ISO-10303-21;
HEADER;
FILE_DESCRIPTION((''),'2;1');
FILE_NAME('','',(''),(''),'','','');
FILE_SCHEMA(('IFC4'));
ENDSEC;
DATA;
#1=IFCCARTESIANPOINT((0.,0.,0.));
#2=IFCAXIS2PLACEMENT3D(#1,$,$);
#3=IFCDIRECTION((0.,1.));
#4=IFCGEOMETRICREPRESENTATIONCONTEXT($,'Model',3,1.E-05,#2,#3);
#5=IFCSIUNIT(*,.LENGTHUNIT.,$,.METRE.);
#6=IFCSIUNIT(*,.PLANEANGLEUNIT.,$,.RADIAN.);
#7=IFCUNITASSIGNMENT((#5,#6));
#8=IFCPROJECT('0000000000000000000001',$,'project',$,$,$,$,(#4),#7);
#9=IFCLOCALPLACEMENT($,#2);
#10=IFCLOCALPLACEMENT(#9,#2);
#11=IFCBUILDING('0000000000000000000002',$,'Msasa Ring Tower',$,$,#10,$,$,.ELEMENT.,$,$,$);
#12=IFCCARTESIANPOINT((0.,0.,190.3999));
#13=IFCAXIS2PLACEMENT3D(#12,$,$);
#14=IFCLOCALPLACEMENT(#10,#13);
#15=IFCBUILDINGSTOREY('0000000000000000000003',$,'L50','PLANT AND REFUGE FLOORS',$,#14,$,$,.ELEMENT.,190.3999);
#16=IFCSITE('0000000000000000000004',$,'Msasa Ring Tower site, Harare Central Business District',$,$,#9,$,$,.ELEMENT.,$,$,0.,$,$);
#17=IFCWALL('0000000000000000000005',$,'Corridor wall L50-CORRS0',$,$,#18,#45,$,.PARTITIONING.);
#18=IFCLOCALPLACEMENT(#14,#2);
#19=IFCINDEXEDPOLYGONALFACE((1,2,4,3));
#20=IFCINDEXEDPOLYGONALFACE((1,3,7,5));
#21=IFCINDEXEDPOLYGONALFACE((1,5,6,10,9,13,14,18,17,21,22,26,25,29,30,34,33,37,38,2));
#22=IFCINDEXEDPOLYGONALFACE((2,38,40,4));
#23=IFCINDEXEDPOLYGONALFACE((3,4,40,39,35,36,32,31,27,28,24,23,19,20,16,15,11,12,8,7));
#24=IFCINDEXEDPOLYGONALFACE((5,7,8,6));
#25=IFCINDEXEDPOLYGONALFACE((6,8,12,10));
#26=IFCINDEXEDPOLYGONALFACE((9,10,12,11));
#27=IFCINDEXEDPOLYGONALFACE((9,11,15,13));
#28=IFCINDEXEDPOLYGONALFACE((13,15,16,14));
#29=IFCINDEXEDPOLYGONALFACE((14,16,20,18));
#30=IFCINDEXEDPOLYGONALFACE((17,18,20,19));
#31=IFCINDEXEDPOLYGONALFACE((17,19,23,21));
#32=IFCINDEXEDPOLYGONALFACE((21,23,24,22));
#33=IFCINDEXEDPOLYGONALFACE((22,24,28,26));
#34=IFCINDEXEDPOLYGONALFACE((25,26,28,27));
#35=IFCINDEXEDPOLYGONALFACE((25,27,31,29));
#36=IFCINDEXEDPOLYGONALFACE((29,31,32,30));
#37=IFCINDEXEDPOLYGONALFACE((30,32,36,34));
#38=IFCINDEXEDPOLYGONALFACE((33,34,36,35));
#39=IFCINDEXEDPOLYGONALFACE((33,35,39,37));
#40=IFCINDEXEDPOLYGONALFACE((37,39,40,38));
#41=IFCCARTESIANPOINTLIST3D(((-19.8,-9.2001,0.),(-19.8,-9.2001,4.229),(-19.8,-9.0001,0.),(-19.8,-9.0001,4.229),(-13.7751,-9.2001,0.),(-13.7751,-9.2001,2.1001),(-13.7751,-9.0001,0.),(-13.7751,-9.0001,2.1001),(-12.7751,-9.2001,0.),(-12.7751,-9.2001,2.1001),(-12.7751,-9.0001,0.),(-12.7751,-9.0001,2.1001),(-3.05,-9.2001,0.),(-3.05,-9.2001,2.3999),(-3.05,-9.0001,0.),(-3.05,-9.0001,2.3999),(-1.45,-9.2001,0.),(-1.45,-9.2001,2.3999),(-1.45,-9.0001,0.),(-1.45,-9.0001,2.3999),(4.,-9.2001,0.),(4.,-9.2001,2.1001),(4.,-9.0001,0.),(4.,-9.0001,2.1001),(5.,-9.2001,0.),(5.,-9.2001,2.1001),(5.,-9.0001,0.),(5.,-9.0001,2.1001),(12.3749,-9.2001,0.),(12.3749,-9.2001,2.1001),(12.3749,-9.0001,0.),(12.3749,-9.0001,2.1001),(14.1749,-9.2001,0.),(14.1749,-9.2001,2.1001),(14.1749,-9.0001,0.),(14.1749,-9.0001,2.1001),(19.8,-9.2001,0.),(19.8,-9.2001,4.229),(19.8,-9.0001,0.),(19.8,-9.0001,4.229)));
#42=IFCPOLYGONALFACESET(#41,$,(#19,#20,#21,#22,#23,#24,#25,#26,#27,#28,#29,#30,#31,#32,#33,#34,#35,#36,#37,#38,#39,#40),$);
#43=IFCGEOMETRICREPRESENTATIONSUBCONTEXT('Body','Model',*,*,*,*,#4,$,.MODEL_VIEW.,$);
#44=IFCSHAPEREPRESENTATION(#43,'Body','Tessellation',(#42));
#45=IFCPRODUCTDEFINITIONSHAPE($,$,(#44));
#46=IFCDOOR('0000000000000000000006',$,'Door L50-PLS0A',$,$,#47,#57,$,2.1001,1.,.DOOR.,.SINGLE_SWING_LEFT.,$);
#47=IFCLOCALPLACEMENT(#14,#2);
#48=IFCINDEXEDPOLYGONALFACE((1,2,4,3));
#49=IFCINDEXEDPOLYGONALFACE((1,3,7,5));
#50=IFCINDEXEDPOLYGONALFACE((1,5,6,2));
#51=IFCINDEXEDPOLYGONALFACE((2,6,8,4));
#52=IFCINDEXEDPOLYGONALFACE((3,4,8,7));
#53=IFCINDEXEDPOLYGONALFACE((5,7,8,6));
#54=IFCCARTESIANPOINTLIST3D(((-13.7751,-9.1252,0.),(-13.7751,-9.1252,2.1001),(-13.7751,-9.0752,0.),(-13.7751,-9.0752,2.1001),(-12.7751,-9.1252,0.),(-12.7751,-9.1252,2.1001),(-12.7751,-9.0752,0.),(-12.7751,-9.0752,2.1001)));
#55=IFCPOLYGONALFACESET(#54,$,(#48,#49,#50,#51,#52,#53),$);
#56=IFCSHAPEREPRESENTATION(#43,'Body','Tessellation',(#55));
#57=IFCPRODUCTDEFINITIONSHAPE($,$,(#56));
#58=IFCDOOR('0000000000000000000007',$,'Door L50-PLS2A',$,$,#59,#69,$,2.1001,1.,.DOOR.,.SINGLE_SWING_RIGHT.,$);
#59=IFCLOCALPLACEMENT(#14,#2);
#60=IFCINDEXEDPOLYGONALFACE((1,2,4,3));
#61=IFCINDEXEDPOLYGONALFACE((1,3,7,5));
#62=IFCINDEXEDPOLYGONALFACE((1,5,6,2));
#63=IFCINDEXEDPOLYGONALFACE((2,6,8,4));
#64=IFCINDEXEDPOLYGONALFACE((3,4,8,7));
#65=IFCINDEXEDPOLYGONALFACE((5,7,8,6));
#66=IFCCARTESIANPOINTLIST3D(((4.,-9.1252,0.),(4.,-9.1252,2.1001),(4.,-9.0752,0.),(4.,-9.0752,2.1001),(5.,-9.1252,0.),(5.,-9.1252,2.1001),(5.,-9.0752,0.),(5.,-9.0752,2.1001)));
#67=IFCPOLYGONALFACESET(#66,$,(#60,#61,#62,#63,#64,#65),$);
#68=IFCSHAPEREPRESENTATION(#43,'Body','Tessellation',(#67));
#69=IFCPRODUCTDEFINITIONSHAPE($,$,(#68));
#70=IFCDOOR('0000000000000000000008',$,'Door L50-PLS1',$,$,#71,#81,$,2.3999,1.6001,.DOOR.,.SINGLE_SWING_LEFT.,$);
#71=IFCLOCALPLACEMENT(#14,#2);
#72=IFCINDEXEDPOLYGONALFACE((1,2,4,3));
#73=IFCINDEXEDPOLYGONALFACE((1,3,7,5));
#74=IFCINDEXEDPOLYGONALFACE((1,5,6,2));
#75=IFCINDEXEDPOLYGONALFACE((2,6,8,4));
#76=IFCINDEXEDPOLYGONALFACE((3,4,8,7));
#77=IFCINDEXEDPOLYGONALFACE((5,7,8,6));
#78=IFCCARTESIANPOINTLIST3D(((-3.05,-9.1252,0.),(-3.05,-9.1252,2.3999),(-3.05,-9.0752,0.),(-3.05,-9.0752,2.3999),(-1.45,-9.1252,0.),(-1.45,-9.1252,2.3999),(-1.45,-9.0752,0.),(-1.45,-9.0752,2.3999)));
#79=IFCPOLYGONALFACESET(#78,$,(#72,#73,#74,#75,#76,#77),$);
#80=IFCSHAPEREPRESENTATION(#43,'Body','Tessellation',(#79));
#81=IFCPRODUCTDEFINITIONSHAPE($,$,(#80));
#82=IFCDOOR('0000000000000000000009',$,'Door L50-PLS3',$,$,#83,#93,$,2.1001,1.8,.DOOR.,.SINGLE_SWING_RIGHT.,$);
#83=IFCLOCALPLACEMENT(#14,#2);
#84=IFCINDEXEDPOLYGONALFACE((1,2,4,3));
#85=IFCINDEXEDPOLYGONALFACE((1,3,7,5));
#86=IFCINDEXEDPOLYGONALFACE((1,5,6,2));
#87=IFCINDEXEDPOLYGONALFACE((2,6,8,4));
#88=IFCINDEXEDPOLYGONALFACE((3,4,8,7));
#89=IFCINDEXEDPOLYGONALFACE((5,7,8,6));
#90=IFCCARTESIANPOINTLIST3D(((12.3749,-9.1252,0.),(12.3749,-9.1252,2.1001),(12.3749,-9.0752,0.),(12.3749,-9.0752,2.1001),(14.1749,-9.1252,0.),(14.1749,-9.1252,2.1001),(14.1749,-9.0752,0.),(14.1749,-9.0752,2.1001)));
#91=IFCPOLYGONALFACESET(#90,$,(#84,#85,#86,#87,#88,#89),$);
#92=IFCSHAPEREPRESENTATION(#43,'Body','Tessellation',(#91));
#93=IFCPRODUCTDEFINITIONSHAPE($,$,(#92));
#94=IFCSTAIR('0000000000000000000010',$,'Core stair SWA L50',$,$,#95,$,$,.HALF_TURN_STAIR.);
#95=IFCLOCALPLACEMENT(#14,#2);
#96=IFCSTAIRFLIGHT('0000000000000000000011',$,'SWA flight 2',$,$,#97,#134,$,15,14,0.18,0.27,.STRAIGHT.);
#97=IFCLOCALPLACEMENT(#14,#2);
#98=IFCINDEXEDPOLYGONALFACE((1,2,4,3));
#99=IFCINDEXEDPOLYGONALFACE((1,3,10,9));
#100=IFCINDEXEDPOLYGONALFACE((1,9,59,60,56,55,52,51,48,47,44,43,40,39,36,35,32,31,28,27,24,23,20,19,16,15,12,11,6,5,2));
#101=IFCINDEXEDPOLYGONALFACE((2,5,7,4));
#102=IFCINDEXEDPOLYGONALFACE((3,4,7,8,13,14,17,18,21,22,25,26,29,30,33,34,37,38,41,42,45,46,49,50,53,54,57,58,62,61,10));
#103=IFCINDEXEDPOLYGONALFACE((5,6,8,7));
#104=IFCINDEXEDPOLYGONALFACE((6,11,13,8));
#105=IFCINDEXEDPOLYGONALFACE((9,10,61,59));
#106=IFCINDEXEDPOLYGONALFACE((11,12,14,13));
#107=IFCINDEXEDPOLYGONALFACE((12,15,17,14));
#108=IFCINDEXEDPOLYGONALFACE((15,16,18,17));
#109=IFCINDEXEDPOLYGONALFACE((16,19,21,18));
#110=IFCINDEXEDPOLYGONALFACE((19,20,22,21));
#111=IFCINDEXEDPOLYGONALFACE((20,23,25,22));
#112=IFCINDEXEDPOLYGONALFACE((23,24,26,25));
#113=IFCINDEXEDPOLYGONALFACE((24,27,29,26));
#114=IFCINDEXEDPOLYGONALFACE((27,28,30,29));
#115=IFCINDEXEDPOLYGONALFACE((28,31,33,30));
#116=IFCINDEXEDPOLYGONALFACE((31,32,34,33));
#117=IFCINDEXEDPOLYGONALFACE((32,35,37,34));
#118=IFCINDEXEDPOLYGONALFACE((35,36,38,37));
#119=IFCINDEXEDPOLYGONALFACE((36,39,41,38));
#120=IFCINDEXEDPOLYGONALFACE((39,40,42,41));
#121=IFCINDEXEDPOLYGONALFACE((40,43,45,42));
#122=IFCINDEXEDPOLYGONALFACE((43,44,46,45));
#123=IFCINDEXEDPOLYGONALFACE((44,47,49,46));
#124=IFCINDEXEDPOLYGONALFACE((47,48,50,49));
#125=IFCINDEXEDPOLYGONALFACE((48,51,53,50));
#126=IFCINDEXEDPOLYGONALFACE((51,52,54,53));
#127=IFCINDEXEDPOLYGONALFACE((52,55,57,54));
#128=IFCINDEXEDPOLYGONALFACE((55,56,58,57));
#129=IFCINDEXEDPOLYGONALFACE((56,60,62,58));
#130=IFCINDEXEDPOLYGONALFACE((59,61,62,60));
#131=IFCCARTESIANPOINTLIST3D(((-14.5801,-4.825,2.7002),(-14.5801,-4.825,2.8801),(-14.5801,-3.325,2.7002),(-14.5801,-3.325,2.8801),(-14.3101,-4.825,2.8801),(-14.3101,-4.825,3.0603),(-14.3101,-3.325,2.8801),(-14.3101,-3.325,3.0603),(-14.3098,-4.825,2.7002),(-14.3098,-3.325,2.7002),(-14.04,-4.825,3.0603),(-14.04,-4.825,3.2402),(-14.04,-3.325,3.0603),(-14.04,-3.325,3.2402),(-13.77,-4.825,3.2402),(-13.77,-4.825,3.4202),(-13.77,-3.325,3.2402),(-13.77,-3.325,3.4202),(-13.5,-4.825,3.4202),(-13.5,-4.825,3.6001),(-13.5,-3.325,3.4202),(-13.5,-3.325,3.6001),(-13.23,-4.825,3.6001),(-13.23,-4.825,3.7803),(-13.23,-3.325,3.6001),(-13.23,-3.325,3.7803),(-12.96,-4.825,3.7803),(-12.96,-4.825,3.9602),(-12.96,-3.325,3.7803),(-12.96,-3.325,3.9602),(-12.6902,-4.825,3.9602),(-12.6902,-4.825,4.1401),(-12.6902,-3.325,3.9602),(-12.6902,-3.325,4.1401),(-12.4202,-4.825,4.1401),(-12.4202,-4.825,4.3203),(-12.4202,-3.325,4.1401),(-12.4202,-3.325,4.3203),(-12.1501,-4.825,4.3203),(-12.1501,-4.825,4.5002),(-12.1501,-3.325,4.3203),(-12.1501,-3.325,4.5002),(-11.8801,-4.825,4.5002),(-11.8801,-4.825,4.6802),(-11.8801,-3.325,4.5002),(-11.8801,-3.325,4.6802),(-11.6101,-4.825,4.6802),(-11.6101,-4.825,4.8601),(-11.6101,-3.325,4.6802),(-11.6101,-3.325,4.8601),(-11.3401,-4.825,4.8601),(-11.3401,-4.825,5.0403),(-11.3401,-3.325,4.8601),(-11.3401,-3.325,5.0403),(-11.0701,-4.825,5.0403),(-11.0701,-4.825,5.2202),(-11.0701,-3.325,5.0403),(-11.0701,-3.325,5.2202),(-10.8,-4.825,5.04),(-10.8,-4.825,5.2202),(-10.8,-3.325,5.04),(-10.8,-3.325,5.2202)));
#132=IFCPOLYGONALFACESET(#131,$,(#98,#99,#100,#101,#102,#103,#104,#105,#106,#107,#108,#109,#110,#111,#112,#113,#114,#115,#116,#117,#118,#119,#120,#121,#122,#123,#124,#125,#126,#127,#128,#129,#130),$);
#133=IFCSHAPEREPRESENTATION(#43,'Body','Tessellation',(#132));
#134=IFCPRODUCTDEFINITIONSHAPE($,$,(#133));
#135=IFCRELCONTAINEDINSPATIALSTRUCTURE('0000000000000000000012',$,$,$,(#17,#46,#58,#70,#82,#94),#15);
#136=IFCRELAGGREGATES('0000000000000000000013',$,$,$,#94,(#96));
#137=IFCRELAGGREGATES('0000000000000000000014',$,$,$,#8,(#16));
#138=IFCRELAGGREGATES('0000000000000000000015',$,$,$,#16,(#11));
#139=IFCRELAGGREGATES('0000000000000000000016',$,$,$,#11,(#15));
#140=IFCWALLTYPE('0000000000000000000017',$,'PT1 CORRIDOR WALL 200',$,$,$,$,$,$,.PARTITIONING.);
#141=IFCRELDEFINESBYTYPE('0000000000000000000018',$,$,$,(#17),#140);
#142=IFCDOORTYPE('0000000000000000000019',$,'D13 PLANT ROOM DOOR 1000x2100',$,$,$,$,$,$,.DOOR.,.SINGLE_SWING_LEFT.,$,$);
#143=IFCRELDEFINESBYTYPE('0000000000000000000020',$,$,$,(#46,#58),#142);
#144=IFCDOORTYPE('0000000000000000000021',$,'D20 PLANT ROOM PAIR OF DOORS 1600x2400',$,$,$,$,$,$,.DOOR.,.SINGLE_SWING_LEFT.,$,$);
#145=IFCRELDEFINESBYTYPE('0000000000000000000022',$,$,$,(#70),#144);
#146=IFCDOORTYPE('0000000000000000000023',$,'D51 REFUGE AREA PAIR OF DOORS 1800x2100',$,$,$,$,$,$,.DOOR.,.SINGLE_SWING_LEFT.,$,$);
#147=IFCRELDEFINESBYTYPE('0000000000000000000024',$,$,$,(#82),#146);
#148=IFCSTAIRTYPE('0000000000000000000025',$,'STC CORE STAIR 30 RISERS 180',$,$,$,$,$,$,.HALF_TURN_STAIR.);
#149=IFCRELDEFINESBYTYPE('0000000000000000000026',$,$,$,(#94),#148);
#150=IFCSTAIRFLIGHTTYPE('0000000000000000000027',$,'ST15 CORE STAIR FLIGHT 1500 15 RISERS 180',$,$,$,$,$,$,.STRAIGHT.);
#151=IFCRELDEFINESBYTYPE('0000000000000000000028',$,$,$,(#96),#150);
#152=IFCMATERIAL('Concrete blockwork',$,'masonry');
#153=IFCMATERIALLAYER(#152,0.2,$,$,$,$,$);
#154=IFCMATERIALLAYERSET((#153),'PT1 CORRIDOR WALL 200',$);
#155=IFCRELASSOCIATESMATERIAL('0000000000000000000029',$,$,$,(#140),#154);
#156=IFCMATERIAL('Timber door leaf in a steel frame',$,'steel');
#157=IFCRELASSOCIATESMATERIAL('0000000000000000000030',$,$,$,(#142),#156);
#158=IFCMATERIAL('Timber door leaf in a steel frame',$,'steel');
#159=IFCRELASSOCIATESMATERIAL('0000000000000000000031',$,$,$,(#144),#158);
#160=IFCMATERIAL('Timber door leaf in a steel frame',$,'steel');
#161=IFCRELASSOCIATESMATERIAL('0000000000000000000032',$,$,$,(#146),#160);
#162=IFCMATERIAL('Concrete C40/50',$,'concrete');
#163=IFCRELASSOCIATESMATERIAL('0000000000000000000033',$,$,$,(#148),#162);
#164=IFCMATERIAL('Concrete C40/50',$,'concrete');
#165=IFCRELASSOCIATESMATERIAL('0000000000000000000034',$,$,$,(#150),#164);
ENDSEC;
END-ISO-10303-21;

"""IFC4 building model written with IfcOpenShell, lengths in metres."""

from ifc_helpers import new_model, si_unit, direction, frame, frame_2d, origin, place, context, subcontext, project, spatial, polyline, rectangle, outline, extrude, material, layer, layer_set, type_object, element, fill, aggregate, save


model = new_model("IFC4")

# Units and contexts
model_context = context("Model", 3, precision=1e-05, world=origin(), true_north=direction((0.0, 1.0)))
body_context = subcontext(model_context, "Body", "Model", "MODEL_VIEW")
ifc_project = project(units=[si_unit("LENGTHUNIT", "METRE"), si_unit("PLANEANGLEUNIT", "RADIAN")], contexts=[model_context])

# Site, building, storey
site_placement = place(None, origin())
site = spatial("IfcSite", under=ifc_project, at=site_placement, Name="Msasa Ring Tower site, Harare Central Business District", CompositionType="ELEMENT", RefElevation=0.0)
building_placement = place(site_placement, origin())
building = spatial("IfcBuilding", under=site, at=building_placement, Name="Msasa Ring Tower", CompositionType="ELEMENT")
storey_placement = place(building_placement, frame((0.0, 0.0, 190.3999)))
storey = spatial("IfcBuildingStorey", under=building, at=storey_placement, Name="L50", Description="PLANT AND REFUGE FLOORS", CompositionType="ELEMENT", Elevation=190.3999)

# Wall, openings, doors
ifc_material_1 = material(Name="Concrete blockwork", Category="masonry")
ifc_layer_1 = layer(ifc_material_1, 0.2)
ifc_layer_set_1 = layer_set([ifc_layer_1], Name="PT1 CORRIDOR WALL 200")
wall_type_1 = type_object("IfcWallType", Name="PT1 CORRIDOR WALL 200", PredefinedType="PARTITIONING", material=ifc_layer_set_1)
wall_1_placement = place(storey_placement, frame((-19.8, -9.1001, 0.0), z_axis=(0.0, 0.0, 1.0), x_axis=(1.0, 0.0, 0.0)))
wall_1 = element("IfcWall", 1, at=wall_1_placement, inside=storey, type_object=wall_type_1, Name="Corridor wall L50-CORRS0", PredefinedType="PARTITIONING", context=body_context, shape_type="SweptSolid", body=[
    extrude(rectangle(XDim=39.6001, YDim=0.2, at=frame_2d((19.8, 0.0))), origin(), (0.0, 0.0, 1.0), 4.229),
])
opening_1_placement = place(wall_1_placement, frame((6.0249, 0.0, 0.0)))
opening_1 = element("IfcOpeningElement", 2, at=opening_1_placement, cuts=wall_1, PredefinedType="OPENING", context=body_context, shape_type="SweptSolid", body=[
    extrude(rectangle(XDim=1.0, YDim=2.1001, at=frame_2d((0.5, 1.05))), frame((0.0, 0.1099, 0.0), z_axis=(0.0, -1.0, 0.0), x_axis=(1.0, 0.0, 0.0)), (0.0, 0.0, 1.0), 0.22),
])
opening_2_placement = place(wall_1_placement, frame((16.75, 0.0, 0.0)))
opening_2 = element("IfcOpeningElement", 3, at=opening_2_placement, cuts=wall_1, PredefinedType="OPENING", context=body_context, shape_type="SweptSolid", body=[
    extrude(rectangle(XDim=1.6001, YDim=2.3999, at=frame_2d((0.8, 1.2))), frame((0.0, 0.1099, 0.0), z_axis=(0.0, -1.0, 0.0), x_axis=(1.0, 0.0, 0.0)), (0.0, 0.0, 1.0), 0.22),
])
opening_3_placement = place(wall_1_placement, frame((23.8, 0.0, 0.0)))
opening_3 = element("IfcOpeningElement", 4, at=opening_3_placement, cuts=wall_1, PredefinedType="OPENING", context=body_context, shape_type="SweptSolid", body=[
    extrude(rectangle(XDim=1.0, YDim=2.1001, at=frame_2d((0.5, 1.05))), frame((0.0, 0.1099, 0.0), z_axis=(0.0, -1.0, 0.0), x_axis=(1.0, 0.0, 0.0)), (0.0, 0.0, 1.0), 0.22),
])
opening_4_placement = place(wall_1_placement, frame((32.175, 0.0, 0.0)))
opening_4 = element("IfcOpeningElement", 5, at=opening_4_placement, cuts=wall_1, PredefinedType="OPENING", context=body_context, shape_type="SweptSolid", body=[
    extrude(rectangle(XDim=1.8, YDim=2.1001, at=frame_2d((0.8999, 1.05))), frame((0.0, 0.1099, 0.0), z_axis=(0.0, -1.0, 0.0), x_axis=(1.0, 0.0, 0.0)), (0.0, 0.0, 1.0), 0.22),
])
ifc_material_2 = material(Name="Timber door leaf in a steel frame", Category="steel")
door_type_1 = type_object("IfcDoorType", Name="D13 PLANT ROOM DOOR 1000x2100", OperationType="SINGLE_SWING_LEFT", PredefinedType="DOOR", material=ifc_material_2)
door_1_placement = place(opening_1_placement, origin())
door_1 = element("IfcDoor", 6, at=door_1_placement, inside=storey, type_object=door_type_1, Name="Door L50-PLS0A", OperationType="SINGLE_SWING_LEFT", OverallHeight=2.1001, OverallWidth=1.0, PredefinedType="DOOR", context=body_context, shape_type="SweptSolid", body=[
    extrude(rectangle(XDim=1.0, YDim=2.1001, at=frame_2d((0.5, 1.05))), frame((0.0, 0.0249, 0.0), z_axis=(0.0, -1.0, 0.0), x_axis=(1.0, 0.0, 0.0)), (0.0, 0.0, 1.0), 0.05),
])
fill(opening_1, door_1)
door_2_placement = place(opening_3_placement, origin())
door_2 = element("IfcDoor", 7, at=door_2_placement, inside=storey, type_object=door_type_1, Name="Door L50-PLS2A", OperationType="SINGLE_SWING_RIGHT", OverallHeight=2.1001, OverallWidth=1.0, PredefinedType="DOOR", context=body_context, shape_type="SweptSolid", body=[
    extrude(rectangle(XDim=1.0, YDim=2.1001, at=frame_2d((0.5, 1.05))), frame((0.0, 0.0249, 0.0), z_axis=(0.0, -1.0, 0.0), x_axis=(1.0, 0.0, 0.0)), (0.0, 0.0, 1.0), 0.05),
])
fill(opening_3, door_2)
ifc_material_3 = material(Name="Timber door leaf in a steel frame", Category="steel")
door_type_2 = type_object("IfcDoorType", Name="D20 PLANT ROOM PAIR OF DOORS 1600x2400", OperationType="SINGLE_SWING_LEFT", PredefinedType="DOOR", material=ifc_material_3)
door_3_placement = place(opening_2_placement, origin())
door_3 = element("IfcDoor", 8, at=door_3_placement, inside=storey, type_object=door_type_2, Name="Door L50-PLS1", OperationType="SINGLE_SWING_LEFT", OverallHeight=2.3999, OverallWidth=1.6001, PredefinedType="DOOR", context=body_context, shape_type="SweptSolid", body=[
    extrude(rectangle(XDim=1.6001, YDim=2.3999, at=frame_2d((0.8, 1.2))), frame((0.0, 0.0249, 0.0), z_axis=(0.0, -1.0, 0.0), x_axis=(1.0, 0.0, 0.0)), (0.0, 0.0, 1.0), 0.05),
])
fill(opening_2, door_3)
ifc_material_4 = material(Name="Timber door leaf in a steel frame", Category="steel")
door_type_3 = type_object("IfcDoorType", Name="D51 REFUGE AREA PAIR OF DOORS 1800x2100", OperationType="SINGLE_SWING_LEFT", PredefinedType="DOOR", material=ifc_material_4)
door_4_placement = place(opening_4_placement, origin())
door_4 = element("IfcDoor", 9, at=door_4_placement, inside=storey, type_object=door_type_3, Name="Door L50-PLS3", OperationType="SINGLE_SWING_RIGHT", OverallHeight=2.1001, OverallWidth=1.8, PredefinedType="DOOR", context=body_context, shape_type="SweptSolid", body=[
    extrude(rectangle(XDim=1.8, YDim=2.1001, at=frame_2d((0.8999, 1.05))), frame((0.0, 0.0249, 0.0), z_axis=(0.0, -1.0, 0.0), x_axis=(1.0, 0.0, 0.0)), (0.0, 0.0, 1.0), 0.05),
])
fill(opening_4, door_4)

# Stair, stair flight
ifc_material_5 = material(Name="Concrete C40/50", Category="concrete")
stair_type = type_object("IfcStairType", Name="STC CORE STAIR 30 RISERS 180", PredefinedType="HALF_TURN_STAIR", material=ifc_material_5)
stair_placement = place(storey_placement, origin())
stair = element("IfcStair", 10, at=stair_placement, inside=storey, type_object=stair_type, Name="Core stair SWA L50", PredefinedType="HALF_TURN_STAIR")
ifc_material_6 = material(Name="Concrete C40/50", Category="concrete")
stair_flight_type = type_object("IfcStairFlightType", Name="ST15 CORE STAIR FLIGHT 1500 15 RISERS 180", PredefinedType="STRAIGHT", material=ifc_material_6)
stair_flight_placement = place(storey_placement, frame((-14.5801, -4.075, 2.7002), z_axis=(0.0, 0.0, 1.0), x_axis=(1.0, 0.0, 0.0)))
stair_flight = element("IfcStairFlight", 11, at=stair_flight_placement, type_object=stair_flight_type, Name="SWA flight 2", NumberOfRisers=15, NumberOfTreads=14, PredefinedType="STRAIGHT", RiserHeight=0.18, TreadLength=0.27, context=body_context, shape_type="SweptSolid", body=[
    extrude(outline(polyline([(0.0, 0.0), (0.0, 0.1799), (0.27, 0.1799), (0.27, 0.3601), (0.54, 0.3601), (0.54, 0.54), (0.8101, 0.54), (0.8101, 0.72), (1.0801, 0.72), (1.0801, 0.8999), (1.3501, 0.8999), (1.3501, 1.0801), (1.6201, 1.0801), (1.6201, 1.26), (1.8899, 1.26), (1.8899, 1.4399), (2.1599, 1.4399), (2.1599, 1.6201), (2.4299, 1.6201), (2.4299, 1.8), (2.7, 1.8), (2.7, 1.98), (2.97, 1.98), (2.97, 2.1599), (3.24, 2.1599), (3.24, 2.3401), (3.51, 2.3401), (3.51, 2.52), (3.78, 2.52), (3.78, 2.7), (3.78, 2.3398), (0.2703, 0.0), (0.0, 0.0)])), frame((0.0, 0.75, 0.0), z_axis=(0.0, -1.0, 0.0), x_axis=(1.0, 0.0, 0.0)), (0.0, 0.0, 1.0), 1.5),
])
aggregate(stair, [stair_flight])

save(model, "model.ifc")
